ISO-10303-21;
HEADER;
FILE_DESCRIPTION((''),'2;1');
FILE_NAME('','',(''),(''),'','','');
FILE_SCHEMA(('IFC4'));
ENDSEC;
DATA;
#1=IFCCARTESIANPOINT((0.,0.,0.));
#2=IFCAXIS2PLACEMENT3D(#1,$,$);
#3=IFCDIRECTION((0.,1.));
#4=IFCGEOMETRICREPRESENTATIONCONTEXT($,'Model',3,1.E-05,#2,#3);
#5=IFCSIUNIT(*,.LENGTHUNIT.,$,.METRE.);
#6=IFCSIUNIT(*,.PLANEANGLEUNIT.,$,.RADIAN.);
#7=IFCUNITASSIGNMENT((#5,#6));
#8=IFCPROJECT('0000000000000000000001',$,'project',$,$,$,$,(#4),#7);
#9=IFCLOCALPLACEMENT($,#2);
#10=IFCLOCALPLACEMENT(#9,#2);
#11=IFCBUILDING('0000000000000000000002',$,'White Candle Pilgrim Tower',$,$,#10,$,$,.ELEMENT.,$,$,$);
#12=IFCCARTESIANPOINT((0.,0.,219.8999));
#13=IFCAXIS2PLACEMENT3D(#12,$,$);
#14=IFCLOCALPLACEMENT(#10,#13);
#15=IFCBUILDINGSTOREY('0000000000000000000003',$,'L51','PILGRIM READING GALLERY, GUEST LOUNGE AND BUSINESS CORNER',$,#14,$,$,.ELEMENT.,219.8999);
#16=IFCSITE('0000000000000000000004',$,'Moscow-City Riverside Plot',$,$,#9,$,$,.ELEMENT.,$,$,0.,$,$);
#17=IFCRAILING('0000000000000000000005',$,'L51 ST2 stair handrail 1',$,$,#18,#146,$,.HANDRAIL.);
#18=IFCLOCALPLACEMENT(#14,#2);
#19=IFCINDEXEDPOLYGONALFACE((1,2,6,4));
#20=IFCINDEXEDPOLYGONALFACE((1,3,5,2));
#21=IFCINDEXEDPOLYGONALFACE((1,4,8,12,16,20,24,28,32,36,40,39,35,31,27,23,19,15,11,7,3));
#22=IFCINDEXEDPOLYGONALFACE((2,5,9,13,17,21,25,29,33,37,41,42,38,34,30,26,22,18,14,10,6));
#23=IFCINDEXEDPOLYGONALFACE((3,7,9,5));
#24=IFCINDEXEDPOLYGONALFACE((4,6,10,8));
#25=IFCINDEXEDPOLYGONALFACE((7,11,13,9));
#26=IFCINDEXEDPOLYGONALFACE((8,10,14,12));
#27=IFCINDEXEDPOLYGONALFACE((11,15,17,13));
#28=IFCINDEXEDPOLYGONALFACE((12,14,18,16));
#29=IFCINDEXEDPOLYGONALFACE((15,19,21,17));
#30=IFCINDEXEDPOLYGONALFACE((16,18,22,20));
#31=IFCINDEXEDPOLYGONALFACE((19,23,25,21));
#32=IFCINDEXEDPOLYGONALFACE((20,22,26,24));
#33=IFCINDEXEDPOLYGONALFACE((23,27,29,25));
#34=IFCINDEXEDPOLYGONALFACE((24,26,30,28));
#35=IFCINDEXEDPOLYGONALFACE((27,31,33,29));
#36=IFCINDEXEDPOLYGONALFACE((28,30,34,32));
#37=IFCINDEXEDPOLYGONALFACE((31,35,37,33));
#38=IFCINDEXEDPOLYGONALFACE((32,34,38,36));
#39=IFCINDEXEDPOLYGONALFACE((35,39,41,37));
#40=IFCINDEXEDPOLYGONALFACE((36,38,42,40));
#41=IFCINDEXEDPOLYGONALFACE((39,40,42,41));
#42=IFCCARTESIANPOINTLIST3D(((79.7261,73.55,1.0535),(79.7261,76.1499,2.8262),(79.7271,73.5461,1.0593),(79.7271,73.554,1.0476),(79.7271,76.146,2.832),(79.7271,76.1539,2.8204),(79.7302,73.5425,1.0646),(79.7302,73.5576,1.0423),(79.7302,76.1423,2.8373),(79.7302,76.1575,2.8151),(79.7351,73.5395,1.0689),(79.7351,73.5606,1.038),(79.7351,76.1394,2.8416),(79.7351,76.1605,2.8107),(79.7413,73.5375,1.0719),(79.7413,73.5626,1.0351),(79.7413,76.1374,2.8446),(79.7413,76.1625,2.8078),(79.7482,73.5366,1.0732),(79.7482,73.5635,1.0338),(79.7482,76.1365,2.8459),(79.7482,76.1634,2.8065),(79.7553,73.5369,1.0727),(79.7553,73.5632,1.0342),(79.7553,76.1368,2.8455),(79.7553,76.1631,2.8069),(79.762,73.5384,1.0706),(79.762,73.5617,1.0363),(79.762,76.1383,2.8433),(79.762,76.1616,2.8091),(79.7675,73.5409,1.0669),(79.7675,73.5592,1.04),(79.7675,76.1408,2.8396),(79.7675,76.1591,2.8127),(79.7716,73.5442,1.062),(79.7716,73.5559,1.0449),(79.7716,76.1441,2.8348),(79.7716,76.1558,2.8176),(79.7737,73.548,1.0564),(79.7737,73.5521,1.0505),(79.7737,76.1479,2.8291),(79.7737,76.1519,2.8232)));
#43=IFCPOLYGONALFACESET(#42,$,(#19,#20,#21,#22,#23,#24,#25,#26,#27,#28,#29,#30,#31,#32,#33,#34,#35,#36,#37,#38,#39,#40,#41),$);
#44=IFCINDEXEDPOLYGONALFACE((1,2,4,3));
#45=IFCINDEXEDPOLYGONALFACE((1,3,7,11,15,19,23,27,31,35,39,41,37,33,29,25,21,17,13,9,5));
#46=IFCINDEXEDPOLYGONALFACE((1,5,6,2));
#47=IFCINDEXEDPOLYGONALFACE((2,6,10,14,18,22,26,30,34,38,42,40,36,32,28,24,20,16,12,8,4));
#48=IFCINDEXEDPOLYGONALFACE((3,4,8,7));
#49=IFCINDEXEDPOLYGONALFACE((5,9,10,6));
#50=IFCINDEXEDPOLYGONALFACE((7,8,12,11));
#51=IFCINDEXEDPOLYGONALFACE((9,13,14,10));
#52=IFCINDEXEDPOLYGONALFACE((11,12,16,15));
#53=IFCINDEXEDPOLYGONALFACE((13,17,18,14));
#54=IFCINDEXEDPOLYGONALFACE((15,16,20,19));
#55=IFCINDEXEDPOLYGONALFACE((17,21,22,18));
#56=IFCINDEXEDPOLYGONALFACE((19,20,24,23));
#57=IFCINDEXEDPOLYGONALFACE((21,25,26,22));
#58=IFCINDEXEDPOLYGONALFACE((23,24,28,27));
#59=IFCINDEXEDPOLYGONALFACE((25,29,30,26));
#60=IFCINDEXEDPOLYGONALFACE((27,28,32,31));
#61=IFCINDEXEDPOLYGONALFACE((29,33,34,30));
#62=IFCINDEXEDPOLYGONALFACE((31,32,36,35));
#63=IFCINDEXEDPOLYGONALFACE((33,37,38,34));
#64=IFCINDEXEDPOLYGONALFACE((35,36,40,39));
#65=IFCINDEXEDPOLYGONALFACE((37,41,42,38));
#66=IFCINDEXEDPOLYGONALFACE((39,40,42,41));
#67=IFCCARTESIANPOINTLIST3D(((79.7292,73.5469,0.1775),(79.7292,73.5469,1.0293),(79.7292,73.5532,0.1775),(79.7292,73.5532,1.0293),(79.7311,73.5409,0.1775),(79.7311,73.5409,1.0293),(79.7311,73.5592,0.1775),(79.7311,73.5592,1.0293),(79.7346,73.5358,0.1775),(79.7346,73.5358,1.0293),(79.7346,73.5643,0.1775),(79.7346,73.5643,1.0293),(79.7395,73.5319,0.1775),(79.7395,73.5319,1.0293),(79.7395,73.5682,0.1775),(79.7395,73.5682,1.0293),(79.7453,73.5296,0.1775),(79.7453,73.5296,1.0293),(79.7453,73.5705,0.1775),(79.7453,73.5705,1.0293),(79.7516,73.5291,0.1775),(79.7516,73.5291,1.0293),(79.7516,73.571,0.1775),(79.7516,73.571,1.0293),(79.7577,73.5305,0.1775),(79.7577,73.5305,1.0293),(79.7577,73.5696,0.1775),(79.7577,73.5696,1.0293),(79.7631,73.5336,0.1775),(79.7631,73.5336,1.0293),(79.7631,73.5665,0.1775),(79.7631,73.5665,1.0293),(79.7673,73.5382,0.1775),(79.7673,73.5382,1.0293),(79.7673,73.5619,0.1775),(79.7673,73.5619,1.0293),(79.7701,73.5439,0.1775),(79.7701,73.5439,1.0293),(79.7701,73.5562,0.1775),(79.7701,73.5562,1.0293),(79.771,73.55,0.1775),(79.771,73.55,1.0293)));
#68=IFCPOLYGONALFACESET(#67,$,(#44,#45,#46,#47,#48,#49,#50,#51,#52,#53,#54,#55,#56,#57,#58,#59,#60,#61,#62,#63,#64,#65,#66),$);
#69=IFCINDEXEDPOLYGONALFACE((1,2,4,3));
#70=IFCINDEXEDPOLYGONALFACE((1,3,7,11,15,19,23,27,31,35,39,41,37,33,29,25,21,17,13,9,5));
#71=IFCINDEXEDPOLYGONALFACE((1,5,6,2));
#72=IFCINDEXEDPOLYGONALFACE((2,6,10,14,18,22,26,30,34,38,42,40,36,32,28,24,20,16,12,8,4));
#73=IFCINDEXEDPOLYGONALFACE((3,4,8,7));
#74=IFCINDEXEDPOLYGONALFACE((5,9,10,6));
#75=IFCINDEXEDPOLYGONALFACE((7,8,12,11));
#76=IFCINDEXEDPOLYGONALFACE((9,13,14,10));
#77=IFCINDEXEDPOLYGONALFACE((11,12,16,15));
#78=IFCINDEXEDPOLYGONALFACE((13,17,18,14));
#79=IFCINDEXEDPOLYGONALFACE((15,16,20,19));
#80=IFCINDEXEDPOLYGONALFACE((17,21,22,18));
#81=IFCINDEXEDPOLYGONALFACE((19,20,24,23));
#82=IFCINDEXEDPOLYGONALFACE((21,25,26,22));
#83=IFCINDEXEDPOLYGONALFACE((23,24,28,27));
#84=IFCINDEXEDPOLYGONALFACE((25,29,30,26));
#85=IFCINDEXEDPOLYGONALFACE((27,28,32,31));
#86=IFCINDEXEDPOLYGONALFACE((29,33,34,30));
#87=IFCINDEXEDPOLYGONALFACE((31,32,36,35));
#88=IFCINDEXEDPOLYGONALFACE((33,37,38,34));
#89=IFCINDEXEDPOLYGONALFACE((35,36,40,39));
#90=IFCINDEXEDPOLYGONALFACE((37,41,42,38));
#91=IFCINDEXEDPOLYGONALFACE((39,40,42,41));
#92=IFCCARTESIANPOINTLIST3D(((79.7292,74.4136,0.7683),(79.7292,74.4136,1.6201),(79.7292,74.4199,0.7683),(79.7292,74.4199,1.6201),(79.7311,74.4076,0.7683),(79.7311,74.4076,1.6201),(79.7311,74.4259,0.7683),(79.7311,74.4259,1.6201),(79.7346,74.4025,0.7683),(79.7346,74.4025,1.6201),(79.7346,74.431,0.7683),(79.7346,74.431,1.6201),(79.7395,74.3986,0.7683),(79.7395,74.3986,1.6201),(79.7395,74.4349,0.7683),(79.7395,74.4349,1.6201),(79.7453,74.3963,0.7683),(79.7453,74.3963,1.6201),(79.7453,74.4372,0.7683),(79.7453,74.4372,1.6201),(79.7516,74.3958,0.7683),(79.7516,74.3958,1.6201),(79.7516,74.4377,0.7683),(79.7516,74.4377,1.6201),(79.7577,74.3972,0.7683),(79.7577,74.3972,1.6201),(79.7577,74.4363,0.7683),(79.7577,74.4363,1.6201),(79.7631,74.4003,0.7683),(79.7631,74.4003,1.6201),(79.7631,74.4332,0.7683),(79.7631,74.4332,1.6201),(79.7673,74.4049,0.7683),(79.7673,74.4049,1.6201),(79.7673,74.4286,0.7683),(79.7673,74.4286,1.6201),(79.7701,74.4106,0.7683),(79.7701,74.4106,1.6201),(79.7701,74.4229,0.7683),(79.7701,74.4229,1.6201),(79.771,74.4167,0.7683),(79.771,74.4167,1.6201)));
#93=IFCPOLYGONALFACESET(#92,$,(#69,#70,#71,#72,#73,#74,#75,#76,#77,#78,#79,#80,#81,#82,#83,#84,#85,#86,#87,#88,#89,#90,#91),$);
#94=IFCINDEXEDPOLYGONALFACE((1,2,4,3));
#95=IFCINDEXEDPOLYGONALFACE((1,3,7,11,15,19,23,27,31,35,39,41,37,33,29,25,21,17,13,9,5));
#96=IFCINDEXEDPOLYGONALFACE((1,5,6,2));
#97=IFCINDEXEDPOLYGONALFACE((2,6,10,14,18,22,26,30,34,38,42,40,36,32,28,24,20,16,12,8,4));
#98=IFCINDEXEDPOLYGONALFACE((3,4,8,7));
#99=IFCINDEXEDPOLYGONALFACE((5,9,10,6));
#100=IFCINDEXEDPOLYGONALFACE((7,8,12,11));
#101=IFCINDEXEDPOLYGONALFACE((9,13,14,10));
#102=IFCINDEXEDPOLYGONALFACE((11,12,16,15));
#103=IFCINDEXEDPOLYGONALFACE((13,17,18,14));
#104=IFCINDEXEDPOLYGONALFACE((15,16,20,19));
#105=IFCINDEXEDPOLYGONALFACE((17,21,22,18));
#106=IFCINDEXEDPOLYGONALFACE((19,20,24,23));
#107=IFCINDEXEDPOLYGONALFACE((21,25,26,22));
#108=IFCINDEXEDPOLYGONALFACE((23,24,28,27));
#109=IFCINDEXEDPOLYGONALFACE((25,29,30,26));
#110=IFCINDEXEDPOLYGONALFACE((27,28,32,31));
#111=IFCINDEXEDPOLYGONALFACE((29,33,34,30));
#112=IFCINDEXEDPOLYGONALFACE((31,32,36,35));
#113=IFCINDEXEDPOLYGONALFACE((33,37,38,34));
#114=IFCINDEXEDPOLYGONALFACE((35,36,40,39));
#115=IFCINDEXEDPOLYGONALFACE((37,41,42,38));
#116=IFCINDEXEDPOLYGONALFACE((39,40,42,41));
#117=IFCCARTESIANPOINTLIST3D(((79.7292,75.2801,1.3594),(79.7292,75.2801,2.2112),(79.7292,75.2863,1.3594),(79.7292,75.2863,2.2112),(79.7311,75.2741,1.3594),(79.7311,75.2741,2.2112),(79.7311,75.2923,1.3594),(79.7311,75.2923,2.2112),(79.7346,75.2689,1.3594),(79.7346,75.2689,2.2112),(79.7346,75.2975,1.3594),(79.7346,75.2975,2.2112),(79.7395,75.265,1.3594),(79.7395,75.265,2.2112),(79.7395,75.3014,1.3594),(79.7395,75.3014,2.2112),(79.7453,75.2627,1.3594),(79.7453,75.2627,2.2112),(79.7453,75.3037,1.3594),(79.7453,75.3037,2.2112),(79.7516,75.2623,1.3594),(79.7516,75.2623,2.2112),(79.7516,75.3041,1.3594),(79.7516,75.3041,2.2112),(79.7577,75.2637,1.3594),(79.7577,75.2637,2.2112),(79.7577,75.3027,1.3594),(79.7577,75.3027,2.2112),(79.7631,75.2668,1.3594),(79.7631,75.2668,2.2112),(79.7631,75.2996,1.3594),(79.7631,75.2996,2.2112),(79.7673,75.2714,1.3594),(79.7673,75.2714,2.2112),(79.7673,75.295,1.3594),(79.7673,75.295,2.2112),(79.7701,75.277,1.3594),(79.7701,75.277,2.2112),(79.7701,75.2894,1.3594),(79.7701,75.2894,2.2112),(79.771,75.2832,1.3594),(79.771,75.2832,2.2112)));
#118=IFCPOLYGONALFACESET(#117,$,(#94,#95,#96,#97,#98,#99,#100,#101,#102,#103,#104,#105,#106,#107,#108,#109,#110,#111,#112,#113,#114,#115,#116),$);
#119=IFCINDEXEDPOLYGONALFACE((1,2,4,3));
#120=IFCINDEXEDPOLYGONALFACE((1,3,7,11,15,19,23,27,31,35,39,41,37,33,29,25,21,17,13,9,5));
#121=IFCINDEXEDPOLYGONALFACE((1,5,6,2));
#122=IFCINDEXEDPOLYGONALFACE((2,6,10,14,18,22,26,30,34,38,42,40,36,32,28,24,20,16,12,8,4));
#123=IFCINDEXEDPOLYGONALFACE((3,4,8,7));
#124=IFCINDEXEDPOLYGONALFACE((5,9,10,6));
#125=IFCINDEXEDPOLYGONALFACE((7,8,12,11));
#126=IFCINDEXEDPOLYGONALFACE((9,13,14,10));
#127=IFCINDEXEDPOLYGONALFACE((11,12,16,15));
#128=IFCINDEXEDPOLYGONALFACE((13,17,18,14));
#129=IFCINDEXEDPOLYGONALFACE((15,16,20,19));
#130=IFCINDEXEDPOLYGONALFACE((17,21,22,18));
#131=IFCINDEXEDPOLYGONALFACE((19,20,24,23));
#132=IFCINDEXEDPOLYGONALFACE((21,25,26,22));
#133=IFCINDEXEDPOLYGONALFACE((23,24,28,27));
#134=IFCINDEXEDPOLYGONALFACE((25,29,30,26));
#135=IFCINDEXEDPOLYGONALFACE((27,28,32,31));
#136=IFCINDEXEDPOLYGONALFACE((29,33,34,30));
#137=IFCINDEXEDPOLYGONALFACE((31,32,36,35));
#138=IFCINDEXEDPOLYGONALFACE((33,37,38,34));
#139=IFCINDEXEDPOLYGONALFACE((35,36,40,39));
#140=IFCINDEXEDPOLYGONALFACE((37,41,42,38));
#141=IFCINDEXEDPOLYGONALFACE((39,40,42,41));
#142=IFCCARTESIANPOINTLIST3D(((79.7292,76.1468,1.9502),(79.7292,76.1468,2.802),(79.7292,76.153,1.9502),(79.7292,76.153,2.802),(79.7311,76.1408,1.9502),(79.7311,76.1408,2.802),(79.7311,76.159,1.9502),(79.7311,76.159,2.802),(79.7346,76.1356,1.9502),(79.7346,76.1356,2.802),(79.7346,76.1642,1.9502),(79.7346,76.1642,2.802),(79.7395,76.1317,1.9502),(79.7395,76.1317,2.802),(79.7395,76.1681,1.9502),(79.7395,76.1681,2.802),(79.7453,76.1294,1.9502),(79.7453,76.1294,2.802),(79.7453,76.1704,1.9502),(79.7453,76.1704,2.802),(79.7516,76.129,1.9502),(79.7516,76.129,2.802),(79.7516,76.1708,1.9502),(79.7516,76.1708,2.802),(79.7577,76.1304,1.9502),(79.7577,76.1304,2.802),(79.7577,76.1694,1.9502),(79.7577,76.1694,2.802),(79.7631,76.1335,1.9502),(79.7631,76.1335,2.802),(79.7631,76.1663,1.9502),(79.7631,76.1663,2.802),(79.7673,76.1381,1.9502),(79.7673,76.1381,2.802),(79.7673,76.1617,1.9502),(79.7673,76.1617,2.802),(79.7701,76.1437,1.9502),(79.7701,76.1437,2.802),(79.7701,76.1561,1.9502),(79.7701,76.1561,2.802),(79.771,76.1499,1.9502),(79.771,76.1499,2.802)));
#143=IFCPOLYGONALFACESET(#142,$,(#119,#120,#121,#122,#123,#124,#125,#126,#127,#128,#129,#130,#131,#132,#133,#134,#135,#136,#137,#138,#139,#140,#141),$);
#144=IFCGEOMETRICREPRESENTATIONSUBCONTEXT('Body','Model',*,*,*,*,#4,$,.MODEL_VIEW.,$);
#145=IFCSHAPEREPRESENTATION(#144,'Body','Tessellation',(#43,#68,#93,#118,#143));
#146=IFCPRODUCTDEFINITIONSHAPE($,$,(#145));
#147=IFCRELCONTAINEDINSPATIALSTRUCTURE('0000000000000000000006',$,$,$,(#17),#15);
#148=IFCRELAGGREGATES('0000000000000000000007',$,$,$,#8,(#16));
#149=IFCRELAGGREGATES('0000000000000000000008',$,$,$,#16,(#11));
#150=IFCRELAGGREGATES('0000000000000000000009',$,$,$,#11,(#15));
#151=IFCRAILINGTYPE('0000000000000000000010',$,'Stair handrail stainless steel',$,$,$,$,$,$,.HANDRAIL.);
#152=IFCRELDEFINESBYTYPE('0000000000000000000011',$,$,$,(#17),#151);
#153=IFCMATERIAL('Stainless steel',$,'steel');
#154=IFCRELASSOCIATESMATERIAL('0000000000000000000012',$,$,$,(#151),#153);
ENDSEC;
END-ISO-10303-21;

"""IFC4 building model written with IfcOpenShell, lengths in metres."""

from ifc_helpers import new_model, si_unit, direction, frame, origin, origin_2d, place, context, subcontext, project, spatial, circle, extrude, material, type_object, element, save


model = new_model("IFC4")

# Units and contexts
model_context = context("Model", 3, precision=1e-05, world=origin(), true_north=direction((0.0, 1.0)))
body_context = subcontext(model_context, "Body", "Model", "MODEL_VIEW")
ifc_project = project(units=[si_unit("LENGTHUNIT", "METRE"), si_unit("PLANEANGLEUNIT", "RADIAN")], contexts=[model_context])

# Site, building, storey
site_placement = place(None, origin())
site = spatial("IfcSite", under=ifc_project, at=site_placement, Name="Moscow-City Riverside Plot", CompositionType="ELEMENT", RefElevation=0.0)
building_placement = place(site_placement, origin())
building = spatial("IfcBuilding", under=site, at=building_placement, Name="White Candle Pilgrim Tower", CompositionType="ELEMENT")
storey_placement = place(building_placement, frame((0.0, 0.0, 219.8999)))
storey = spatial("IfcBuildingStorey", under=building, at=storey_placement, Name="L51", Description="PILGRIM READING GALLERY, GUEST LOUNGE AND BUSINESS CORNER", CompositionType="ELEMENT", Elevation=219.8999)

# Railing
ifc_material_1 = material(Name="Stainless steel", Category="steel")
railing_type_1 = type_object("IfcRailingType", Name="Stair handrail stainless steel", PredefinedType="HANDRAIL", material=ifc_material_1)
railing_1_placement = place(storey_placement, frame((79.75, 73.55, 0.1775)))
element("IfcRailing", 1, at=railing_1_placement, inside=storey, type_object=railing_type_1, Name="L51 ST2 stair handrail 1", PredefinedType="HANDRAIL", context=body_context, shape_type="SweptSolid", body=[
    extrude(circle(Radius=0.0239, at=origin_2d()), frame((0.0, 0.0, 0.876), z_axis=(0.0, 0.826216, 0.563354), x_axis=(-1.0, 0.0, 0.0)), (0.0, 0.0, 1.0), 3.1467),
    extrude(circle(Radius=0.021, at=origin_2d()), origin(), (0.0, 0.0, 1.0), 0.8518),
    extrude(circle(Radius=0.021, at=origin_2d()), frame((0.0, 0.8667, 0.5908)), (0.0, 0.0, 1.0), 0.8518),
    extrude(circle(Radius=0.021, at=origin_2d()), frame((0.0, 1.7332, 1.1819)), (0.0, 0.0, 1.0), 0.8518),
    extrude(circle(Radius=0.021, at=origin_2d()), frame((0.0, 2.5999, 1.7727)), (0.0, 0.0, 1.0), 0.8518),
])

save(model, "model.ifc")
